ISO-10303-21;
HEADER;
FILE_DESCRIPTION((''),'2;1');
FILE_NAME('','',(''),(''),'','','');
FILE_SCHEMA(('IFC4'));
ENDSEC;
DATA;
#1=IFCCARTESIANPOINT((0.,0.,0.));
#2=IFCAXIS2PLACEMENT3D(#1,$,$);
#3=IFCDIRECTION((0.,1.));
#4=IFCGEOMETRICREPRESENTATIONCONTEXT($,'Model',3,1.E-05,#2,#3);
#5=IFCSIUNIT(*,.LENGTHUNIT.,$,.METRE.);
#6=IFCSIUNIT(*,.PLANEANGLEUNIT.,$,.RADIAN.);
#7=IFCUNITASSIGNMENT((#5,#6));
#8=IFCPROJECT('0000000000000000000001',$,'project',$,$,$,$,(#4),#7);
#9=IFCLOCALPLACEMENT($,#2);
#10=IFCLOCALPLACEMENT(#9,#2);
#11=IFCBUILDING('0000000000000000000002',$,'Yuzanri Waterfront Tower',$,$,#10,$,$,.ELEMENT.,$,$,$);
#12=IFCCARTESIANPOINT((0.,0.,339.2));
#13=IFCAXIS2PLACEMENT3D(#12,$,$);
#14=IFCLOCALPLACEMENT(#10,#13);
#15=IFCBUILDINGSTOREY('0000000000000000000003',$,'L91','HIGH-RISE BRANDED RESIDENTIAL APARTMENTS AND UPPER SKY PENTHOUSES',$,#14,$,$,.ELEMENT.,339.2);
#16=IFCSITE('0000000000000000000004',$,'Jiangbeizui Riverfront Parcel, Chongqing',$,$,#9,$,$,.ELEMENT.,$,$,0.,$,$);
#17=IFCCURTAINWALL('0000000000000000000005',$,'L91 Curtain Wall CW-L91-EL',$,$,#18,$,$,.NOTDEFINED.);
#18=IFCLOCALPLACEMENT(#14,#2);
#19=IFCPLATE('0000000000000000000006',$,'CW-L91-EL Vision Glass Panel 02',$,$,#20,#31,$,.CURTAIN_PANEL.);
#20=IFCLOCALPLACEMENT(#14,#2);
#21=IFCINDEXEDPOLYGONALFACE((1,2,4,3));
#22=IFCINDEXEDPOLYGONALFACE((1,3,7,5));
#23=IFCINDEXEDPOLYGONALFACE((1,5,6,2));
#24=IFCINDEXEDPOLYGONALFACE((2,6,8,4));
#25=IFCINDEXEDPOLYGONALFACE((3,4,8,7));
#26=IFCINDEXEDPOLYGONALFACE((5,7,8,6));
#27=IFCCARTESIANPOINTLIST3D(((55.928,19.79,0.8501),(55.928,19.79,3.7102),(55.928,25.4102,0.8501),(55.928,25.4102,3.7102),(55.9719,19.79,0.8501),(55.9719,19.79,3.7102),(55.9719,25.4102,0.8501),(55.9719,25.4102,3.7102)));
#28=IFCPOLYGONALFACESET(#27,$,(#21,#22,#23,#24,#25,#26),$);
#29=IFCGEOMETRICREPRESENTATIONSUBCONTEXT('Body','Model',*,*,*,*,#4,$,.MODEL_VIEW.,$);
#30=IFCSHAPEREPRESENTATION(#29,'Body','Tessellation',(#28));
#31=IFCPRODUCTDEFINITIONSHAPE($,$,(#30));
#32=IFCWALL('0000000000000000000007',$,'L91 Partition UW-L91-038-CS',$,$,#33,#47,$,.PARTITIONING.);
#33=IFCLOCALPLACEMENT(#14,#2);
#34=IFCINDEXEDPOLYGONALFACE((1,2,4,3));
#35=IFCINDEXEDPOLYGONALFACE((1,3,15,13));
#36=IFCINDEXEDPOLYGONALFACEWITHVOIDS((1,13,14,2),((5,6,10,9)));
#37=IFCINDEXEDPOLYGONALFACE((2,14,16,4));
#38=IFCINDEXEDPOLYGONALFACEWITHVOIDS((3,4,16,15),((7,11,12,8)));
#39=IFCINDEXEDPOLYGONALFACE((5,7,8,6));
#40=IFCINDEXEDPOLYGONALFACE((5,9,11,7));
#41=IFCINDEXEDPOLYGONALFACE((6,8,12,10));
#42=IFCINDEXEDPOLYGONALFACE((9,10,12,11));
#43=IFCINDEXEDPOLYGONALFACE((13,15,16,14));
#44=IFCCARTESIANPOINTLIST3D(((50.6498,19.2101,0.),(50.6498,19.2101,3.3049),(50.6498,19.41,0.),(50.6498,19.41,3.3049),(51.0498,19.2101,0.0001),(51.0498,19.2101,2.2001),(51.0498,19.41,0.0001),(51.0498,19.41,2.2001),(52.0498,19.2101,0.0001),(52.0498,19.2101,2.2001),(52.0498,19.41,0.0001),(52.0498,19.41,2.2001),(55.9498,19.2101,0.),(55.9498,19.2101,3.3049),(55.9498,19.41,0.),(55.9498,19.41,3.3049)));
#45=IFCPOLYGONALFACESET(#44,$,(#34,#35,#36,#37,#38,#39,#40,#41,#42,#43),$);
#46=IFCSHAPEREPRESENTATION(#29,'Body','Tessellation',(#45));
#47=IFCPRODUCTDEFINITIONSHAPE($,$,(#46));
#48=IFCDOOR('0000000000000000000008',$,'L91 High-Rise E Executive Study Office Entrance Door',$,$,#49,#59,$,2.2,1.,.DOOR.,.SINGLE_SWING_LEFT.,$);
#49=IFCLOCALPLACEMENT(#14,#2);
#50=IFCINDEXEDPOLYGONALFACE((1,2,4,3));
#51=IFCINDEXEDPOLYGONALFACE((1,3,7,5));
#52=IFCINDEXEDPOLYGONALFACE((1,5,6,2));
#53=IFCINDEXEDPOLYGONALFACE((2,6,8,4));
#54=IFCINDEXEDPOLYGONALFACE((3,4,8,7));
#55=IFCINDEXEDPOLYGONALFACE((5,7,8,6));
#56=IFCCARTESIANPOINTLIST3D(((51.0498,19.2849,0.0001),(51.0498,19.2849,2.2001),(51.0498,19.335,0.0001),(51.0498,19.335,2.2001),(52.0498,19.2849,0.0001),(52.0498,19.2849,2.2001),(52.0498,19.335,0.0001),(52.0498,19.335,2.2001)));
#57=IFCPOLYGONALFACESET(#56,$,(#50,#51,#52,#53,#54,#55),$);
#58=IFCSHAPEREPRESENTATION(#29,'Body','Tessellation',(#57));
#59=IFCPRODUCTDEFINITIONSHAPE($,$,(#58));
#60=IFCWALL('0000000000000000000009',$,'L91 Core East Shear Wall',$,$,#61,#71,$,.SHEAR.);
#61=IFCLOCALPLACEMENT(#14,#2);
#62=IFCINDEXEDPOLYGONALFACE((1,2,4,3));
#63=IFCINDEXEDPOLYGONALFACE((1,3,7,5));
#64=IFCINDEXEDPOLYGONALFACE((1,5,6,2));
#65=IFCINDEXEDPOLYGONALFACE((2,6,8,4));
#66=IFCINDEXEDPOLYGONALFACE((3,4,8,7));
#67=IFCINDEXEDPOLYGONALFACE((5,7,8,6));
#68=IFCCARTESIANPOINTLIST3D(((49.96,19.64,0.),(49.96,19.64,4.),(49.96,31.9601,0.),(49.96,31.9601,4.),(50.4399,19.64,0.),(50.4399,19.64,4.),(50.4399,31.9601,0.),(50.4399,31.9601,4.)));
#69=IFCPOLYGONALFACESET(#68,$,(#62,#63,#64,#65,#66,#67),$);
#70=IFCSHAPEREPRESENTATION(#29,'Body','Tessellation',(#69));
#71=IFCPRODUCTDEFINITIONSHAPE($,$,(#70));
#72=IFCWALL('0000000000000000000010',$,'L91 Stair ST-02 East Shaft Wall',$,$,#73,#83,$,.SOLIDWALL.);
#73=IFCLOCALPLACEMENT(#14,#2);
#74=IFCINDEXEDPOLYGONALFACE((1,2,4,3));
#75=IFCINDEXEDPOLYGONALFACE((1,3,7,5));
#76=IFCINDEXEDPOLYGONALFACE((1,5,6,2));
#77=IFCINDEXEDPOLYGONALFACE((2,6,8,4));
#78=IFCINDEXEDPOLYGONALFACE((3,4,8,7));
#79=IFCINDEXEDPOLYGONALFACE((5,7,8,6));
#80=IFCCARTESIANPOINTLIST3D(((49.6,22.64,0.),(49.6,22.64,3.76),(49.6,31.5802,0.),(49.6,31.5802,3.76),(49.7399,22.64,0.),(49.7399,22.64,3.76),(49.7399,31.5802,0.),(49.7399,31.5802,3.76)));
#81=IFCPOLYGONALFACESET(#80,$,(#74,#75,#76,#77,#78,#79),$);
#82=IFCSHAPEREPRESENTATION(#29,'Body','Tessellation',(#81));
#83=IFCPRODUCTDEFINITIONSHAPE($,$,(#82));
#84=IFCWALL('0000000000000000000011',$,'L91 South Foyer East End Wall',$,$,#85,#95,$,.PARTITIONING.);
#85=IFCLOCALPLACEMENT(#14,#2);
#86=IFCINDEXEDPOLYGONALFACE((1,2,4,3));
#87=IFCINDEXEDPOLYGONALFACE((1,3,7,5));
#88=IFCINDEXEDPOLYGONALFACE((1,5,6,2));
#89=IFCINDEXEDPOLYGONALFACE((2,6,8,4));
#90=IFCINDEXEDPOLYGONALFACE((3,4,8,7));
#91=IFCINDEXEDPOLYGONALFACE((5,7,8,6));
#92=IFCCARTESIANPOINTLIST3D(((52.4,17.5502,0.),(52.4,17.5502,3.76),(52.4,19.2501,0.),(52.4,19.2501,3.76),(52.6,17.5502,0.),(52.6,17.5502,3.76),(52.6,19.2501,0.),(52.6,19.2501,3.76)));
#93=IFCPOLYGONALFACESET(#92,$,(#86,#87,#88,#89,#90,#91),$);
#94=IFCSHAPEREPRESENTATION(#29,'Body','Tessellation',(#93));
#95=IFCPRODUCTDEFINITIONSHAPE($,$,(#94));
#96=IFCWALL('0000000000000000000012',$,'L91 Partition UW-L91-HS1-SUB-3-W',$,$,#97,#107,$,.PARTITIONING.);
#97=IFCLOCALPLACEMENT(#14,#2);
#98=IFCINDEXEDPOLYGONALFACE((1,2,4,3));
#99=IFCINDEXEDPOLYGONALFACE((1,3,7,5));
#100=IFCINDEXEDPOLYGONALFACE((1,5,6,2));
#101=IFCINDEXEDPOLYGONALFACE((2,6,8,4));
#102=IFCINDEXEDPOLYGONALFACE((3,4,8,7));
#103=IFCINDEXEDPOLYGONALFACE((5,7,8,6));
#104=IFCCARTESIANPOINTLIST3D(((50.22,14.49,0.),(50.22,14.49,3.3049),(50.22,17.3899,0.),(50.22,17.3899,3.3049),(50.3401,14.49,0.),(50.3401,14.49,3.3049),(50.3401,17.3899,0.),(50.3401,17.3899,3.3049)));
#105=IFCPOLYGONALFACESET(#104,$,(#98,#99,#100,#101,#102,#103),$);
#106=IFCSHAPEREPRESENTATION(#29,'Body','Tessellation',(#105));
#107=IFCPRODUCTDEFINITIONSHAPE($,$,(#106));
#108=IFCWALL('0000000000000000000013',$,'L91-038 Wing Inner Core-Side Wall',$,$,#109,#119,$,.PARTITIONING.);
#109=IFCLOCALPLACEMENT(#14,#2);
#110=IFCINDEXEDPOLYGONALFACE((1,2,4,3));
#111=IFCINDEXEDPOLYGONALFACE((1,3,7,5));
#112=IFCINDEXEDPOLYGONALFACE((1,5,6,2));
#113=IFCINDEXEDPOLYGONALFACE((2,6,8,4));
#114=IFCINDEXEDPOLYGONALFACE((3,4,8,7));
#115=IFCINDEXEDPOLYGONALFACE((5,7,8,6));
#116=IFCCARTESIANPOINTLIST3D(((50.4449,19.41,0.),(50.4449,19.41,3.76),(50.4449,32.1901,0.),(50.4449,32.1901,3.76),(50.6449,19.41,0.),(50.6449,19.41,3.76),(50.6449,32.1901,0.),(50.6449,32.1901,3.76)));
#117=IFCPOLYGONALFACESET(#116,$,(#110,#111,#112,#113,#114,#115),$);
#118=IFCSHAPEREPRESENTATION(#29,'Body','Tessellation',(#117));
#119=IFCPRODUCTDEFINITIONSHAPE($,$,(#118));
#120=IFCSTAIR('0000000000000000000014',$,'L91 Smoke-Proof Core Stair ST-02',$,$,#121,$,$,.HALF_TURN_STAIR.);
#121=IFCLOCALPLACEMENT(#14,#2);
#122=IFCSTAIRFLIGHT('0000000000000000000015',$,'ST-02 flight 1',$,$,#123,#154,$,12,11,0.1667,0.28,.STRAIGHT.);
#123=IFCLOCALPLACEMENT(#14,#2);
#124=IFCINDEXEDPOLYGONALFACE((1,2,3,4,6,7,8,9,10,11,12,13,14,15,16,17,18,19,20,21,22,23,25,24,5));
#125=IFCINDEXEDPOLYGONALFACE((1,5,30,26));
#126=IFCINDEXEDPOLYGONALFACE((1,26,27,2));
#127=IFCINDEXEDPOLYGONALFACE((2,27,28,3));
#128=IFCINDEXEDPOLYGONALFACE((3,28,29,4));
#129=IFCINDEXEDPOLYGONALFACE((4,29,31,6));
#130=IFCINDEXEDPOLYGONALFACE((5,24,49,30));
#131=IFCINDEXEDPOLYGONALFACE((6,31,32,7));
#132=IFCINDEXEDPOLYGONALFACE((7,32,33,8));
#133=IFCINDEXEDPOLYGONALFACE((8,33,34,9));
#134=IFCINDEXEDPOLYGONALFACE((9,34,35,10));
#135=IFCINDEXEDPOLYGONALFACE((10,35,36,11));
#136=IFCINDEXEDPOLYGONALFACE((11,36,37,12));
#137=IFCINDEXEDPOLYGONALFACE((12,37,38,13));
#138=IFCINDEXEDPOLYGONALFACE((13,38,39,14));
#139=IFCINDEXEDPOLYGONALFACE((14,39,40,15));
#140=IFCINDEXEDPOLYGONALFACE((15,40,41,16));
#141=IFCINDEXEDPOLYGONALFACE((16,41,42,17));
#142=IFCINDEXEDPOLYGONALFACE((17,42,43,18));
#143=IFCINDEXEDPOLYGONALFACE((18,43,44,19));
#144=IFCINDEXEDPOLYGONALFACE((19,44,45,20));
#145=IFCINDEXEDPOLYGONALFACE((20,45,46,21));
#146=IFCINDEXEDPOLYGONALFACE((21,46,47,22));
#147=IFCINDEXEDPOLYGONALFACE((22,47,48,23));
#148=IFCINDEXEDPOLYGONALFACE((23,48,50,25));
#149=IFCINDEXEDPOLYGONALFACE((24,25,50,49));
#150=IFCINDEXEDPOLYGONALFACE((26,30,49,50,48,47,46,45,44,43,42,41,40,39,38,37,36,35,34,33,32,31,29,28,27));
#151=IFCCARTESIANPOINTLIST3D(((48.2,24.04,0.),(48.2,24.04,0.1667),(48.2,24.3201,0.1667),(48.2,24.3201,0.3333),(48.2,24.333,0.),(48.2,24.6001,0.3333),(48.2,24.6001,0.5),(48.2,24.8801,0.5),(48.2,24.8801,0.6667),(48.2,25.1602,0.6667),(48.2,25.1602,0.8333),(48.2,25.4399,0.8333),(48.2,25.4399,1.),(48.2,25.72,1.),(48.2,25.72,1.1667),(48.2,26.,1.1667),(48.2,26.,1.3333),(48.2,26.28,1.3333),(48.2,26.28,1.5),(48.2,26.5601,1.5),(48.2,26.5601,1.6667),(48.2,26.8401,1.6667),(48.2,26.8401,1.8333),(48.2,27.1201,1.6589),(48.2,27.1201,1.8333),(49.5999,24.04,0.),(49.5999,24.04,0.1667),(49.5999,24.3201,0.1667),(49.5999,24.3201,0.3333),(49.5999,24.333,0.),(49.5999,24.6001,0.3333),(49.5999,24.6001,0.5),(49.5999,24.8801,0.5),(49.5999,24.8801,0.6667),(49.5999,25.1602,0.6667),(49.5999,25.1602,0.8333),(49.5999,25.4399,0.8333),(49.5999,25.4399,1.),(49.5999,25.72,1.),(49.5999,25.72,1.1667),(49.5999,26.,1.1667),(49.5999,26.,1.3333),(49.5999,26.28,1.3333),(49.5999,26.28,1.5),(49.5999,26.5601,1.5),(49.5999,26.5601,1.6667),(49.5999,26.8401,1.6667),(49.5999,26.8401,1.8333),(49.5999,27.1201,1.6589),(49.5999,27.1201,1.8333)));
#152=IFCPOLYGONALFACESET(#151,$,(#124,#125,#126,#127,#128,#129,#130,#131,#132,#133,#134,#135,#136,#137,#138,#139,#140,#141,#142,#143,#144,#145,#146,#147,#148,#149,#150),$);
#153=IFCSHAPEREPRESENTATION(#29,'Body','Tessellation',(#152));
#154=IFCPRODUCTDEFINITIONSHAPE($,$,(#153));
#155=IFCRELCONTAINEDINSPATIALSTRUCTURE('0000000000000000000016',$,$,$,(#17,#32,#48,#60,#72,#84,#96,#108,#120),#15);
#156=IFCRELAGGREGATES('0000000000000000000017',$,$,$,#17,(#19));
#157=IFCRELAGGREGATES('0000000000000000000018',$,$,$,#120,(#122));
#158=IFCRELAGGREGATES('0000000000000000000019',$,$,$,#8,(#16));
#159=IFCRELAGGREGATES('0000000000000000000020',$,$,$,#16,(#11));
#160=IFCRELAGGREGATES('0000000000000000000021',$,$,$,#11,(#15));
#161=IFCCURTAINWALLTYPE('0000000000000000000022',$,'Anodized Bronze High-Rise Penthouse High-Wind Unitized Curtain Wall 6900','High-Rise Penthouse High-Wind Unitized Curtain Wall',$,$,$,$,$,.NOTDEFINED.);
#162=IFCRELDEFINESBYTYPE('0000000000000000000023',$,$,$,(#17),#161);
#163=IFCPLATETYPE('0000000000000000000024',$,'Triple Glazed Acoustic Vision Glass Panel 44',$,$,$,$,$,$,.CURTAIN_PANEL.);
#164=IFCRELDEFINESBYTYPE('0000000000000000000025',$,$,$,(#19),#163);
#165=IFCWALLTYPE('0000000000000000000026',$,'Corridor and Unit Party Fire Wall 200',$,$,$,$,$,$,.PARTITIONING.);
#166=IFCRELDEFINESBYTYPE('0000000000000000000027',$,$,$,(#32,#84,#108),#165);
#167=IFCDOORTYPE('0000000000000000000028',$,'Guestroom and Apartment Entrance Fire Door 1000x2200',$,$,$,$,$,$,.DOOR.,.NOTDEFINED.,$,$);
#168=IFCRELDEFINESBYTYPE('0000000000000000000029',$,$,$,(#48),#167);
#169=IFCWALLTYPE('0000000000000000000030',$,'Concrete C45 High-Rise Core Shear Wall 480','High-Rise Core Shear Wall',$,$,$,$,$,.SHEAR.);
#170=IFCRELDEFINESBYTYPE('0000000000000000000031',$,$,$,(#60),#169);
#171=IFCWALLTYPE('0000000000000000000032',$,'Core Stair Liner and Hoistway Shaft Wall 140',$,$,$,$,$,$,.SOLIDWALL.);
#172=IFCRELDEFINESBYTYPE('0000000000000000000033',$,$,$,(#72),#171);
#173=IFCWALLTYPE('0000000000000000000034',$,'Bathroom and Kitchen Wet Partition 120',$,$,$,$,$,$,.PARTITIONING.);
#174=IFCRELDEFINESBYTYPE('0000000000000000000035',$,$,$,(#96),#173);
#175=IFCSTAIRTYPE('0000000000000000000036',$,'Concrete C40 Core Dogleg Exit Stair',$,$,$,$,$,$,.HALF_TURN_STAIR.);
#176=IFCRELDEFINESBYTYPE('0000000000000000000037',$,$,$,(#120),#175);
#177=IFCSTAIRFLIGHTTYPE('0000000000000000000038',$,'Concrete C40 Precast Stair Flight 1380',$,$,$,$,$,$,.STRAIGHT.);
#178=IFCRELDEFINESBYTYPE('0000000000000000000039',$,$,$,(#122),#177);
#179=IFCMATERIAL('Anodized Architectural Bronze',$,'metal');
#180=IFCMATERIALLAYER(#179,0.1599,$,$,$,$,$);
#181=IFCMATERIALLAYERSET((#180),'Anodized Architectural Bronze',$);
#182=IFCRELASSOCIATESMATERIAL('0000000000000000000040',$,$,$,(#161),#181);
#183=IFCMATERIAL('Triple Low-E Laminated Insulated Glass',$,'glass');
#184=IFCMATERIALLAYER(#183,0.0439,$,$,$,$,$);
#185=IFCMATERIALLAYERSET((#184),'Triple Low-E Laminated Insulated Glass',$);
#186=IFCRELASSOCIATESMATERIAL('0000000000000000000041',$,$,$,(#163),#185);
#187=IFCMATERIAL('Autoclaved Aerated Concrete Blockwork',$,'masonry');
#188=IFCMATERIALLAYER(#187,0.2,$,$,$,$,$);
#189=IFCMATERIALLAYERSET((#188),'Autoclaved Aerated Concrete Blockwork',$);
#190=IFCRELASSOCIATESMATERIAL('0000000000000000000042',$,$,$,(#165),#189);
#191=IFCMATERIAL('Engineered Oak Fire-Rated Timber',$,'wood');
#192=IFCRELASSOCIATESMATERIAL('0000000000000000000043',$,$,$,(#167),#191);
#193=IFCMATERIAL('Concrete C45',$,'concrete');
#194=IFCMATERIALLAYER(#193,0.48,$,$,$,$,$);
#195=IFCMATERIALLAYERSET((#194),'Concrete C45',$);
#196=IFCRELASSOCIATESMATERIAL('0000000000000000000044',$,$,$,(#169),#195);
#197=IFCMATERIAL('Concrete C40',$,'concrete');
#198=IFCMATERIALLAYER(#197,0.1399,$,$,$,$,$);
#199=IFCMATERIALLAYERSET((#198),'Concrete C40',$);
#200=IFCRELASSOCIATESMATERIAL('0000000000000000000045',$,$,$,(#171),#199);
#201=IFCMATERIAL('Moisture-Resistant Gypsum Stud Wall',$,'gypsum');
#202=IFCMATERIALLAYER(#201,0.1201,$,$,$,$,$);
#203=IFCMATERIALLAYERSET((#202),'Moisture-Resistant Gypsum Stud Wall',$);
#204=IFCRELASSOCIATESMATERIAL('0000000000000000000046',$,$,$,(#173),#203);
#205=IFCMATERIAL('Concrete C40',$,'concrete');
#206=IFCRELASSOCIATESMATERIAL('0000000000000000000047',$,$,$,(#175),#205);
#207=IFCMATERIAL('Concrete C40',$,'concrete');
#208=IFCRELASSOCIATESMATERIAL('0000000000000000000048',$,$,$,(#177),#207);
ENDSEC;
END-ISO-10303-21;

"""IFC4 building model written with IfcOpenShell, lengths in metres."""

from ifc_helpers import new_model, si_unit, direction, frame, frame_2d, origin, origin_2d, place, context, subcontext, project, spatial, polyline, rectangle, outline, extrude, source, transform, mapped, material, layer, layer_set, type_object, element, fill, aggregate, save


model = new_model("IFC4")

# Units and contexts
model_context = context("Model", 3, precision=1e-05, world=origin(), true_north=direction((0.0, 1.0)))
body_context = subcontext(model_context, "Body", "Model", "MODEL_VIEW")
ifc_project = project(units=[si_unit("LENGTHUNIT", "METRE"), si_unit("PLANEANGLEUNIT", "RADIAN")], contexts=[model_context])

# Site, building, storey
site_placement = place(None, origin())
site = spatial("IfcSite", under=ifc_project, at=site_placement, Name="Jiangbeizui Riverfront Parcel, Chongqing", CompositionType="ELEMENT", RefElevation=0.0)
building_placement = place(site_placement, origin())
building = spatial("IfcBuilding", under=site, at=building_placement, Name="Yuzanri Waterfront Tower", CompositionType="ELEMENT")
storey_placement = place(building_placement, frame((0.0, 0.0, 339.2)))
storey = spatial("IfcBuildingStorey", under=building, at=storey_placement, Name="L91", Description="HIGH-RISE BRANDED RESIDENTIAL APARTMENTS AND UPPER SKY PENTHOUSES", CompositionType="ELEMENT", Elevation=339.2)

# Curtain wall, plate
ifc_material_1 = material(Name="Anodized Architectural Bronze", Category="metal")
ifc_layer_1 = layer(ifc_material_1, 0.1599)
ifc_layer_set_1 = layer_set([ifc_layer_1], Name="Anodized Architectural Bronze")
curtain_wall_type = type_object("IfcCurtainWallType", Name="Anodized Bronze High-Rise Penthouse High-Wind Unitized Curtain Wall 6900", Description="High-Rise Penthouse High-Wind Unitized Curtain Wall", PredefinedType="NOTDEFINED", material=ifc_layer_set_1)
curtain_wall_placement = place(storey_placement, origin())
curtain_wall = element("IfcCurtainWall", 1, at=curtain_wall_placement, inside=storey, type_object=curtain_wall_type, Name="L91 Curtain Wall CW-L91-EL", PredefinedType="NOTDEFINED")
ifc_material_2 = material(Name="Triple Low-E Laminated Insulated Glass", Category="glass")
ifc_layer_2 = layer(ifc_material_2, 0.0439)
ifc_layer_set_2 = layer_set([ifc_layer_2], Name="Triple Low-E Laminated Insulated Glass")
plate_type_1 = type_object("IfcPlateType", Name="Triple Glazed Acoustic Vision Glass Panel 44", PredefinedType="CURTAIN_PANEL", material=ifc_layer_set_2)
shared_shape_1 = source(origin(), body_context, "Body", "SweptSolid", [
    extrude(rectangle(XDim=5.6201, YDim=0.0439, at=origin_2d()), origin(), (0.0, 0.0, 1.0), 2.8601),
])
plate_1_placement = place(storey_placement, frame((55.95, 22.6001, 0.8501), z_axis=(0.0, 0.0, 1.0), x_axis=(0.0, 1.0, 0.0)))
plate_1 = element("IfcPlate", 2, at=plate_1_placement, type_object=plate_type_1, Name="CW-L91-EL Vision Glass Panel 02", PredefinedType="CURTAIN_PANEL", context=body_context, shape_type="MappedRepresentation", body=[
    mapped(shared_shape_1, transform((0.0, 0.0, 0.0), scale=1.0)),
])
aggregate(curtain_wall, [plate_1])

# Wall, opening, door
ifc_material_3 = material(Name="Autoclaved Aerated Concrete Blockwork", Category="masonry")
ifc_layer_3 = layer(ifc_material_3, 0.2)
ifc_layer_set_3 = layer_set([ifc_layer_3], Name="Autoclaved Aerated Concrete Blockwork")
wall_type_1 = type_object("IfcWallType", Name="Corridor and Unit Party Fire Wall 200", PredefinedType="PARTITIONING", material=ifc_layer_set_3)
wall_1_placement = place(storey_placement, frame((50.6499, 19.3101, 0.0), z_axis=(0.0, 0.0, 1.0), x_axis=(1.0, 0.0, 0.0)))
wall_1 = element("IfcWall", 3, at=wall_1_placement, inside=storey, type_object=wall_type_1, Name="L91 Partition UW-L91-038-CS", PredefinedType="PARTITIONING", context=body_context, shape_type="SweptSolid", body=[
    extrude(rectangle(XDim=5.3, YDim=0.2, at=frame_2d((2.6499, 0.0))), origin(), (0.0, 0.0, 1.0), 3.3049),
])
opening_placement = place(wall_1_placement, frame((0.3999, 0.0, 0.0)))
opening = element("IfcOpeningElement", 4, at=opening_placement, cuts=wall_1, PredefinedType="OPENING", context=body_context, shape_type="SweptSolid", body=[
    extrude(rectangle(XDim=1.0, YDim=2.2, at=frame_2d((0.5, 1.1001))), frame((0.0, 0.1147, 0.0), z_axis=(0.0, -1.0, 0.0), x_axis=(1.0, 0.0, 0.0)), (0.0, 0.0, 1.0), 0.2297),
])
ifc_material_4 = material(Name="Engineered Oak Fire-Rated Timber", Category="wood")
door_type = type_object("IfcDoorType", Name="Guestroom and Apartment Entrance Fire Door 1000x2200", OperationType="NOTDEFINED", PredefinedType="DOOR", material=ifc_material_4)
shared_shape_2 = source(origin(), body_context, "Body", "SweptSolid", [
    extrude(rectangle(XDim=1.0, YDim=2.2, at=frame_2d((0.5, 1.1001))), frame((0.0, 0.0249, 0.0), z_axis=(0.0, -1.0, 0.0), x_axis=(1.0, 0.0, 0.0)), (0.0, 0.0, 1.0), 0.05),
])
door_placement = place(opening_placement, origin())
door = element("IfcDoor", 5, at=door_placement, inside=storey, type_object=door_type, Name="L91 High-Rise E Executive Study Office Entrance Door", OperationType="SINGLE_SWING_LEFT", OverallHeight=2.2, OverallWidth=1.0, PredefinedType="DOOR", context=body_context, shape_type="MappedRepresentation", body=[
    mapped(shared_shape_2, transform((0.0, 0.0, 0.0), scale=1.0)),
])
fill(opening, door)

# Walls
ifc_material_5 = material(Name="Concrete C45", Category="concrete")
ifc_layer_4 = layer(ifc_material_5, 0.48)
ifc_layer_set_4 = layer_set([ifc_layer_4], Name="Concrete C45")
wall_type_2 = type_object("IfcWallType", Name="Concrete C45 High-Rise Core Shear Wall 480", Description="High-Rise Core Shear Wall", PredefinedType="SHEAR", material=ifc_layer_set_4)
shared_shape_3 = source(origin(), body_context, "Body", "SweptSolid", [
    extrude(rectangle(XDim=12.3201, YDim=0.48, at=frame_2d((6.1602, 0.0))), origin(), (0.0, 0.0, 1.0), 4.0),
])
wall_2_placement = place(storey_placement, frame((50.2, 19.6399, 0.0), z_axis=(0.0, 0.0, 1.0), x_axis=(0.0, 1.0, 0.0)))
element("IfcWall", 6, at=wall_2_placement, inside=storey, type_object=wall_type_2, Name="L91 Core East Shear Wall", PredefinedType="SHEAR", context=body_context, shape_type="MappedRepresentation", body=[
    mapped(shared_shape_3, transform((0.0, 0.0, 0.0), scale=1.0)),
])
ifc_material_6 = material(Name="Concrete C40", Category="concrete")
ifc_layer_5 = layer(ifc_material_6, 0.1399)
ifc_layer_set_5 = layer_set([ifc_layer_5], Name="Concrete C40")
wall_type_3 = type_object("IfcWallType", Name="Core Stair Liner and Hoistway Shaft Wall 140", PredefinedType="SOLIDWALL", material=ifc_layer_set_5)
shared_shape_4 = source(origin(), body_context, "Body", "SweptSolid", [
    extrude(rectangle(XDim=8.9402, YDim=0.1399, at=frame_2d((4.4702, 0.0))), origin(), (0.0, 0.0, 1.0), 3.76),
])
wall_3_placement = place(storey_placement, frame((49.6699, 22.6399, 0.0), z_axis=(0.0, 0.0, 1.0), x_axis=(0.0, 1.0, 0.0)))
element("IfcWall", 7, at=wall_3_placement, inside=storey, type_object=wall_type_3, Name="L91 Stair ST-02 East Shaft Wall", PredefinedType="SOLIDWALL", context=body_context, shape_type="MappedRepresentation", body=[
    mapped(shared_shape_4, transform((0.0, 0.0, 0.0), scale=1.0)),
])
shared_shape_5 = source(origin(), body_context, "Body", "SweptSolid", [
    extrude(rectangle(XDim=1.7, YDim=0.2, at=frame_2d((0.8501, 0.0))), origin(), (0.0, 0.0, 1.0), 3.76),
])
wall_4_placement = place(storey_placement, frame((52.5, 17.55, 0.0), z_axis=(0.0, 0.0, 1.0), x_axis=(0.0, 1.0, 0.0)))
element("IfcWall", 8, at=wall_4_placement, inside=storey, type_object=wall_type_1, Name="L91 South Foyer East End Wall", PredefinedType="PARTITIONING", context=body_context, shape_type="MappedRepresentation", body=[
    mapped(shared_shape_5, transform((0.0, 0.0, 0.0), scale=1.0)),
])
ifc_material_7 = material(Name="Moisture-Resistant Gypsum Stud Wall", Category="gypsum")
ifc_layer_6 = layer(ifc_material_7, 0.1201)
ifc_layer_set_6 = layer_set([ifc_layer_6], Name="Moisture-Resistant Gypsum Stud Wall")
wall_type_4 = type_object("IfcWallType", Name="Bathroom and Kitchen Wet Partition 120", PredefinedType="PARTITIONING", material=ifc_layer_set_6)
shared_shape_6 = source(origin(), body_context, "Body", "SweptSolid", [
    extrude(rectangle(XDim=2.8999, YDim=0.1201, at=frame_2d((1.45, 0.0))), origin(), (0.0, 0.0, 1.0), 3.3049),
])
wall_5_placement = place(storey_placement, frame((50.28, 14.49, 0.0), z_axis=(0.0, 0.0, 1.0), x_axis=(0.0, 1.0, 0.0)))
element("IfcWall", 9, at=wall_5_placement, inside=storey, type_object=wall_type_4, Name="L91 Partition UW-L91-HS1-SUB-3-W", PredefinedType="PARTITIONING", context=body_context, shape_type="MappedRepresentation", body=[
    mapped(shared_shape_6, transform((0.0, 0.0, 0.0), scale=1.0)),
])
shared_shape_7 = source(origin(), body_context, "Body", "SweptSolid", [
    extrude(rectangle(XDim=12.78, YDim=0.2, at=frame_2d((6.3901, 0.0))), origin(), (0.0, 0.0, 1.0), 3.76),
])
wall_6_placement = place(storey_placement, frame((50.5449, 19.4099, 0.0), z_axis=(0.0, 0.0, 1.0), x_axis=(0.0, 1.0, 0.0)))
element("IfcWall", 10, at=wall_6_placement, inside=storey, type_object=wall_type_1, Name="L91-038 Wing Inner Core-Side Wall", PredefinedType="PARTITIONING", context=body_context, shape_type="MappedRepresentation", body=[
    mapped(shared_shape_7, transform((0.0, 0.0, 0.0), scale=1.0)),
])

# Stair, stair flight
ifc_material_8 = material(Name="Concrete C40", Category="concrete")
stair_type = type_object("IfcStairType", Name="Concrete C40 Core Dogleg Exit Stair", PredefinedType="HALF_TURN_STAIR", material=ifc_material_8)
stair_placement = place(storey_placement, origin())
stair = element("IfcStair", 11, at=stair_placement, inside=storey, type_object=stair_type, Name="L91 Smoke-Proof Core Stair ST-02", PredefinedType="HALF_TURN_STAIR")
ifc_material_9 = material(Name="Concrete C40", Category="concrete")
stair_flight_type = type_object("IfcStairFlightType", Name="Concrete C40 Precast Stair Flight 1380", PredefinedType="STRAIGHT", material=ifc_material_9)
shared_shape_8 = source(origin(), body_context, "Body", "SweptSolid", [
    extrude(outline(polyline([(0.0, 0.0), (0.0, 0.1667), (0.28, 0.1667), (0.28, 0.3333), (0.5601, 0.3333), (0.5601, 0.5), (0.8401, 0.5), (0.8401, 0.6667), (1.1201, 0.6667), (1.1201, 0.8333), (1.3999, 0.8333), (1.3999, 1.0), (1.6799, 1.0), (1.6799, 1.1667), (1.96, 1.1667), (1.96, 1.3333), (2.24, 1.3333), (2.24, 1.5), (2.52, 1.5), (2.52, 1.6667), (2.8, 1.6667), (2.8, 1.8333), (3.0801, 1.8333), (3.0801, 2.0), (3.0801, 1.6589), (0.293, 0.0), (0.0, 0.0)])), frame((0.0, 0.7, 0.0), z_axis=(0.0, -1.0, 0.0), x_axis=(1.0, 0.0, 0.0)), (0.0, 0.0, 1.0), 1.3999),
])
stair_flight_placement = place(storey_placement, frame((48.8999, 24.04, 0.0), z_axis=(0.0, 0.0, 1.0), x_axis=(0.0, 1.0, 0.0)))
stair_flight = element("IfcStairFlight", 12, at=stair_flight_placement, type_object=stair_flight_type, Name="ST-02 flight 1", NumberOfRisers=12, NumberOfTreads=11, PredefinedType="STRAIGHT", RiserHeight=0.1667, TreadLength=0.28, context=body_context, shape_type="MappedRepresentation", body=[
    mapped(shared_shape_8, transform((0.0, 0.0, 0.0), scale=1.0)),
])
aggregate(stair, [stair_flight])

save(model, "model.ifc")
